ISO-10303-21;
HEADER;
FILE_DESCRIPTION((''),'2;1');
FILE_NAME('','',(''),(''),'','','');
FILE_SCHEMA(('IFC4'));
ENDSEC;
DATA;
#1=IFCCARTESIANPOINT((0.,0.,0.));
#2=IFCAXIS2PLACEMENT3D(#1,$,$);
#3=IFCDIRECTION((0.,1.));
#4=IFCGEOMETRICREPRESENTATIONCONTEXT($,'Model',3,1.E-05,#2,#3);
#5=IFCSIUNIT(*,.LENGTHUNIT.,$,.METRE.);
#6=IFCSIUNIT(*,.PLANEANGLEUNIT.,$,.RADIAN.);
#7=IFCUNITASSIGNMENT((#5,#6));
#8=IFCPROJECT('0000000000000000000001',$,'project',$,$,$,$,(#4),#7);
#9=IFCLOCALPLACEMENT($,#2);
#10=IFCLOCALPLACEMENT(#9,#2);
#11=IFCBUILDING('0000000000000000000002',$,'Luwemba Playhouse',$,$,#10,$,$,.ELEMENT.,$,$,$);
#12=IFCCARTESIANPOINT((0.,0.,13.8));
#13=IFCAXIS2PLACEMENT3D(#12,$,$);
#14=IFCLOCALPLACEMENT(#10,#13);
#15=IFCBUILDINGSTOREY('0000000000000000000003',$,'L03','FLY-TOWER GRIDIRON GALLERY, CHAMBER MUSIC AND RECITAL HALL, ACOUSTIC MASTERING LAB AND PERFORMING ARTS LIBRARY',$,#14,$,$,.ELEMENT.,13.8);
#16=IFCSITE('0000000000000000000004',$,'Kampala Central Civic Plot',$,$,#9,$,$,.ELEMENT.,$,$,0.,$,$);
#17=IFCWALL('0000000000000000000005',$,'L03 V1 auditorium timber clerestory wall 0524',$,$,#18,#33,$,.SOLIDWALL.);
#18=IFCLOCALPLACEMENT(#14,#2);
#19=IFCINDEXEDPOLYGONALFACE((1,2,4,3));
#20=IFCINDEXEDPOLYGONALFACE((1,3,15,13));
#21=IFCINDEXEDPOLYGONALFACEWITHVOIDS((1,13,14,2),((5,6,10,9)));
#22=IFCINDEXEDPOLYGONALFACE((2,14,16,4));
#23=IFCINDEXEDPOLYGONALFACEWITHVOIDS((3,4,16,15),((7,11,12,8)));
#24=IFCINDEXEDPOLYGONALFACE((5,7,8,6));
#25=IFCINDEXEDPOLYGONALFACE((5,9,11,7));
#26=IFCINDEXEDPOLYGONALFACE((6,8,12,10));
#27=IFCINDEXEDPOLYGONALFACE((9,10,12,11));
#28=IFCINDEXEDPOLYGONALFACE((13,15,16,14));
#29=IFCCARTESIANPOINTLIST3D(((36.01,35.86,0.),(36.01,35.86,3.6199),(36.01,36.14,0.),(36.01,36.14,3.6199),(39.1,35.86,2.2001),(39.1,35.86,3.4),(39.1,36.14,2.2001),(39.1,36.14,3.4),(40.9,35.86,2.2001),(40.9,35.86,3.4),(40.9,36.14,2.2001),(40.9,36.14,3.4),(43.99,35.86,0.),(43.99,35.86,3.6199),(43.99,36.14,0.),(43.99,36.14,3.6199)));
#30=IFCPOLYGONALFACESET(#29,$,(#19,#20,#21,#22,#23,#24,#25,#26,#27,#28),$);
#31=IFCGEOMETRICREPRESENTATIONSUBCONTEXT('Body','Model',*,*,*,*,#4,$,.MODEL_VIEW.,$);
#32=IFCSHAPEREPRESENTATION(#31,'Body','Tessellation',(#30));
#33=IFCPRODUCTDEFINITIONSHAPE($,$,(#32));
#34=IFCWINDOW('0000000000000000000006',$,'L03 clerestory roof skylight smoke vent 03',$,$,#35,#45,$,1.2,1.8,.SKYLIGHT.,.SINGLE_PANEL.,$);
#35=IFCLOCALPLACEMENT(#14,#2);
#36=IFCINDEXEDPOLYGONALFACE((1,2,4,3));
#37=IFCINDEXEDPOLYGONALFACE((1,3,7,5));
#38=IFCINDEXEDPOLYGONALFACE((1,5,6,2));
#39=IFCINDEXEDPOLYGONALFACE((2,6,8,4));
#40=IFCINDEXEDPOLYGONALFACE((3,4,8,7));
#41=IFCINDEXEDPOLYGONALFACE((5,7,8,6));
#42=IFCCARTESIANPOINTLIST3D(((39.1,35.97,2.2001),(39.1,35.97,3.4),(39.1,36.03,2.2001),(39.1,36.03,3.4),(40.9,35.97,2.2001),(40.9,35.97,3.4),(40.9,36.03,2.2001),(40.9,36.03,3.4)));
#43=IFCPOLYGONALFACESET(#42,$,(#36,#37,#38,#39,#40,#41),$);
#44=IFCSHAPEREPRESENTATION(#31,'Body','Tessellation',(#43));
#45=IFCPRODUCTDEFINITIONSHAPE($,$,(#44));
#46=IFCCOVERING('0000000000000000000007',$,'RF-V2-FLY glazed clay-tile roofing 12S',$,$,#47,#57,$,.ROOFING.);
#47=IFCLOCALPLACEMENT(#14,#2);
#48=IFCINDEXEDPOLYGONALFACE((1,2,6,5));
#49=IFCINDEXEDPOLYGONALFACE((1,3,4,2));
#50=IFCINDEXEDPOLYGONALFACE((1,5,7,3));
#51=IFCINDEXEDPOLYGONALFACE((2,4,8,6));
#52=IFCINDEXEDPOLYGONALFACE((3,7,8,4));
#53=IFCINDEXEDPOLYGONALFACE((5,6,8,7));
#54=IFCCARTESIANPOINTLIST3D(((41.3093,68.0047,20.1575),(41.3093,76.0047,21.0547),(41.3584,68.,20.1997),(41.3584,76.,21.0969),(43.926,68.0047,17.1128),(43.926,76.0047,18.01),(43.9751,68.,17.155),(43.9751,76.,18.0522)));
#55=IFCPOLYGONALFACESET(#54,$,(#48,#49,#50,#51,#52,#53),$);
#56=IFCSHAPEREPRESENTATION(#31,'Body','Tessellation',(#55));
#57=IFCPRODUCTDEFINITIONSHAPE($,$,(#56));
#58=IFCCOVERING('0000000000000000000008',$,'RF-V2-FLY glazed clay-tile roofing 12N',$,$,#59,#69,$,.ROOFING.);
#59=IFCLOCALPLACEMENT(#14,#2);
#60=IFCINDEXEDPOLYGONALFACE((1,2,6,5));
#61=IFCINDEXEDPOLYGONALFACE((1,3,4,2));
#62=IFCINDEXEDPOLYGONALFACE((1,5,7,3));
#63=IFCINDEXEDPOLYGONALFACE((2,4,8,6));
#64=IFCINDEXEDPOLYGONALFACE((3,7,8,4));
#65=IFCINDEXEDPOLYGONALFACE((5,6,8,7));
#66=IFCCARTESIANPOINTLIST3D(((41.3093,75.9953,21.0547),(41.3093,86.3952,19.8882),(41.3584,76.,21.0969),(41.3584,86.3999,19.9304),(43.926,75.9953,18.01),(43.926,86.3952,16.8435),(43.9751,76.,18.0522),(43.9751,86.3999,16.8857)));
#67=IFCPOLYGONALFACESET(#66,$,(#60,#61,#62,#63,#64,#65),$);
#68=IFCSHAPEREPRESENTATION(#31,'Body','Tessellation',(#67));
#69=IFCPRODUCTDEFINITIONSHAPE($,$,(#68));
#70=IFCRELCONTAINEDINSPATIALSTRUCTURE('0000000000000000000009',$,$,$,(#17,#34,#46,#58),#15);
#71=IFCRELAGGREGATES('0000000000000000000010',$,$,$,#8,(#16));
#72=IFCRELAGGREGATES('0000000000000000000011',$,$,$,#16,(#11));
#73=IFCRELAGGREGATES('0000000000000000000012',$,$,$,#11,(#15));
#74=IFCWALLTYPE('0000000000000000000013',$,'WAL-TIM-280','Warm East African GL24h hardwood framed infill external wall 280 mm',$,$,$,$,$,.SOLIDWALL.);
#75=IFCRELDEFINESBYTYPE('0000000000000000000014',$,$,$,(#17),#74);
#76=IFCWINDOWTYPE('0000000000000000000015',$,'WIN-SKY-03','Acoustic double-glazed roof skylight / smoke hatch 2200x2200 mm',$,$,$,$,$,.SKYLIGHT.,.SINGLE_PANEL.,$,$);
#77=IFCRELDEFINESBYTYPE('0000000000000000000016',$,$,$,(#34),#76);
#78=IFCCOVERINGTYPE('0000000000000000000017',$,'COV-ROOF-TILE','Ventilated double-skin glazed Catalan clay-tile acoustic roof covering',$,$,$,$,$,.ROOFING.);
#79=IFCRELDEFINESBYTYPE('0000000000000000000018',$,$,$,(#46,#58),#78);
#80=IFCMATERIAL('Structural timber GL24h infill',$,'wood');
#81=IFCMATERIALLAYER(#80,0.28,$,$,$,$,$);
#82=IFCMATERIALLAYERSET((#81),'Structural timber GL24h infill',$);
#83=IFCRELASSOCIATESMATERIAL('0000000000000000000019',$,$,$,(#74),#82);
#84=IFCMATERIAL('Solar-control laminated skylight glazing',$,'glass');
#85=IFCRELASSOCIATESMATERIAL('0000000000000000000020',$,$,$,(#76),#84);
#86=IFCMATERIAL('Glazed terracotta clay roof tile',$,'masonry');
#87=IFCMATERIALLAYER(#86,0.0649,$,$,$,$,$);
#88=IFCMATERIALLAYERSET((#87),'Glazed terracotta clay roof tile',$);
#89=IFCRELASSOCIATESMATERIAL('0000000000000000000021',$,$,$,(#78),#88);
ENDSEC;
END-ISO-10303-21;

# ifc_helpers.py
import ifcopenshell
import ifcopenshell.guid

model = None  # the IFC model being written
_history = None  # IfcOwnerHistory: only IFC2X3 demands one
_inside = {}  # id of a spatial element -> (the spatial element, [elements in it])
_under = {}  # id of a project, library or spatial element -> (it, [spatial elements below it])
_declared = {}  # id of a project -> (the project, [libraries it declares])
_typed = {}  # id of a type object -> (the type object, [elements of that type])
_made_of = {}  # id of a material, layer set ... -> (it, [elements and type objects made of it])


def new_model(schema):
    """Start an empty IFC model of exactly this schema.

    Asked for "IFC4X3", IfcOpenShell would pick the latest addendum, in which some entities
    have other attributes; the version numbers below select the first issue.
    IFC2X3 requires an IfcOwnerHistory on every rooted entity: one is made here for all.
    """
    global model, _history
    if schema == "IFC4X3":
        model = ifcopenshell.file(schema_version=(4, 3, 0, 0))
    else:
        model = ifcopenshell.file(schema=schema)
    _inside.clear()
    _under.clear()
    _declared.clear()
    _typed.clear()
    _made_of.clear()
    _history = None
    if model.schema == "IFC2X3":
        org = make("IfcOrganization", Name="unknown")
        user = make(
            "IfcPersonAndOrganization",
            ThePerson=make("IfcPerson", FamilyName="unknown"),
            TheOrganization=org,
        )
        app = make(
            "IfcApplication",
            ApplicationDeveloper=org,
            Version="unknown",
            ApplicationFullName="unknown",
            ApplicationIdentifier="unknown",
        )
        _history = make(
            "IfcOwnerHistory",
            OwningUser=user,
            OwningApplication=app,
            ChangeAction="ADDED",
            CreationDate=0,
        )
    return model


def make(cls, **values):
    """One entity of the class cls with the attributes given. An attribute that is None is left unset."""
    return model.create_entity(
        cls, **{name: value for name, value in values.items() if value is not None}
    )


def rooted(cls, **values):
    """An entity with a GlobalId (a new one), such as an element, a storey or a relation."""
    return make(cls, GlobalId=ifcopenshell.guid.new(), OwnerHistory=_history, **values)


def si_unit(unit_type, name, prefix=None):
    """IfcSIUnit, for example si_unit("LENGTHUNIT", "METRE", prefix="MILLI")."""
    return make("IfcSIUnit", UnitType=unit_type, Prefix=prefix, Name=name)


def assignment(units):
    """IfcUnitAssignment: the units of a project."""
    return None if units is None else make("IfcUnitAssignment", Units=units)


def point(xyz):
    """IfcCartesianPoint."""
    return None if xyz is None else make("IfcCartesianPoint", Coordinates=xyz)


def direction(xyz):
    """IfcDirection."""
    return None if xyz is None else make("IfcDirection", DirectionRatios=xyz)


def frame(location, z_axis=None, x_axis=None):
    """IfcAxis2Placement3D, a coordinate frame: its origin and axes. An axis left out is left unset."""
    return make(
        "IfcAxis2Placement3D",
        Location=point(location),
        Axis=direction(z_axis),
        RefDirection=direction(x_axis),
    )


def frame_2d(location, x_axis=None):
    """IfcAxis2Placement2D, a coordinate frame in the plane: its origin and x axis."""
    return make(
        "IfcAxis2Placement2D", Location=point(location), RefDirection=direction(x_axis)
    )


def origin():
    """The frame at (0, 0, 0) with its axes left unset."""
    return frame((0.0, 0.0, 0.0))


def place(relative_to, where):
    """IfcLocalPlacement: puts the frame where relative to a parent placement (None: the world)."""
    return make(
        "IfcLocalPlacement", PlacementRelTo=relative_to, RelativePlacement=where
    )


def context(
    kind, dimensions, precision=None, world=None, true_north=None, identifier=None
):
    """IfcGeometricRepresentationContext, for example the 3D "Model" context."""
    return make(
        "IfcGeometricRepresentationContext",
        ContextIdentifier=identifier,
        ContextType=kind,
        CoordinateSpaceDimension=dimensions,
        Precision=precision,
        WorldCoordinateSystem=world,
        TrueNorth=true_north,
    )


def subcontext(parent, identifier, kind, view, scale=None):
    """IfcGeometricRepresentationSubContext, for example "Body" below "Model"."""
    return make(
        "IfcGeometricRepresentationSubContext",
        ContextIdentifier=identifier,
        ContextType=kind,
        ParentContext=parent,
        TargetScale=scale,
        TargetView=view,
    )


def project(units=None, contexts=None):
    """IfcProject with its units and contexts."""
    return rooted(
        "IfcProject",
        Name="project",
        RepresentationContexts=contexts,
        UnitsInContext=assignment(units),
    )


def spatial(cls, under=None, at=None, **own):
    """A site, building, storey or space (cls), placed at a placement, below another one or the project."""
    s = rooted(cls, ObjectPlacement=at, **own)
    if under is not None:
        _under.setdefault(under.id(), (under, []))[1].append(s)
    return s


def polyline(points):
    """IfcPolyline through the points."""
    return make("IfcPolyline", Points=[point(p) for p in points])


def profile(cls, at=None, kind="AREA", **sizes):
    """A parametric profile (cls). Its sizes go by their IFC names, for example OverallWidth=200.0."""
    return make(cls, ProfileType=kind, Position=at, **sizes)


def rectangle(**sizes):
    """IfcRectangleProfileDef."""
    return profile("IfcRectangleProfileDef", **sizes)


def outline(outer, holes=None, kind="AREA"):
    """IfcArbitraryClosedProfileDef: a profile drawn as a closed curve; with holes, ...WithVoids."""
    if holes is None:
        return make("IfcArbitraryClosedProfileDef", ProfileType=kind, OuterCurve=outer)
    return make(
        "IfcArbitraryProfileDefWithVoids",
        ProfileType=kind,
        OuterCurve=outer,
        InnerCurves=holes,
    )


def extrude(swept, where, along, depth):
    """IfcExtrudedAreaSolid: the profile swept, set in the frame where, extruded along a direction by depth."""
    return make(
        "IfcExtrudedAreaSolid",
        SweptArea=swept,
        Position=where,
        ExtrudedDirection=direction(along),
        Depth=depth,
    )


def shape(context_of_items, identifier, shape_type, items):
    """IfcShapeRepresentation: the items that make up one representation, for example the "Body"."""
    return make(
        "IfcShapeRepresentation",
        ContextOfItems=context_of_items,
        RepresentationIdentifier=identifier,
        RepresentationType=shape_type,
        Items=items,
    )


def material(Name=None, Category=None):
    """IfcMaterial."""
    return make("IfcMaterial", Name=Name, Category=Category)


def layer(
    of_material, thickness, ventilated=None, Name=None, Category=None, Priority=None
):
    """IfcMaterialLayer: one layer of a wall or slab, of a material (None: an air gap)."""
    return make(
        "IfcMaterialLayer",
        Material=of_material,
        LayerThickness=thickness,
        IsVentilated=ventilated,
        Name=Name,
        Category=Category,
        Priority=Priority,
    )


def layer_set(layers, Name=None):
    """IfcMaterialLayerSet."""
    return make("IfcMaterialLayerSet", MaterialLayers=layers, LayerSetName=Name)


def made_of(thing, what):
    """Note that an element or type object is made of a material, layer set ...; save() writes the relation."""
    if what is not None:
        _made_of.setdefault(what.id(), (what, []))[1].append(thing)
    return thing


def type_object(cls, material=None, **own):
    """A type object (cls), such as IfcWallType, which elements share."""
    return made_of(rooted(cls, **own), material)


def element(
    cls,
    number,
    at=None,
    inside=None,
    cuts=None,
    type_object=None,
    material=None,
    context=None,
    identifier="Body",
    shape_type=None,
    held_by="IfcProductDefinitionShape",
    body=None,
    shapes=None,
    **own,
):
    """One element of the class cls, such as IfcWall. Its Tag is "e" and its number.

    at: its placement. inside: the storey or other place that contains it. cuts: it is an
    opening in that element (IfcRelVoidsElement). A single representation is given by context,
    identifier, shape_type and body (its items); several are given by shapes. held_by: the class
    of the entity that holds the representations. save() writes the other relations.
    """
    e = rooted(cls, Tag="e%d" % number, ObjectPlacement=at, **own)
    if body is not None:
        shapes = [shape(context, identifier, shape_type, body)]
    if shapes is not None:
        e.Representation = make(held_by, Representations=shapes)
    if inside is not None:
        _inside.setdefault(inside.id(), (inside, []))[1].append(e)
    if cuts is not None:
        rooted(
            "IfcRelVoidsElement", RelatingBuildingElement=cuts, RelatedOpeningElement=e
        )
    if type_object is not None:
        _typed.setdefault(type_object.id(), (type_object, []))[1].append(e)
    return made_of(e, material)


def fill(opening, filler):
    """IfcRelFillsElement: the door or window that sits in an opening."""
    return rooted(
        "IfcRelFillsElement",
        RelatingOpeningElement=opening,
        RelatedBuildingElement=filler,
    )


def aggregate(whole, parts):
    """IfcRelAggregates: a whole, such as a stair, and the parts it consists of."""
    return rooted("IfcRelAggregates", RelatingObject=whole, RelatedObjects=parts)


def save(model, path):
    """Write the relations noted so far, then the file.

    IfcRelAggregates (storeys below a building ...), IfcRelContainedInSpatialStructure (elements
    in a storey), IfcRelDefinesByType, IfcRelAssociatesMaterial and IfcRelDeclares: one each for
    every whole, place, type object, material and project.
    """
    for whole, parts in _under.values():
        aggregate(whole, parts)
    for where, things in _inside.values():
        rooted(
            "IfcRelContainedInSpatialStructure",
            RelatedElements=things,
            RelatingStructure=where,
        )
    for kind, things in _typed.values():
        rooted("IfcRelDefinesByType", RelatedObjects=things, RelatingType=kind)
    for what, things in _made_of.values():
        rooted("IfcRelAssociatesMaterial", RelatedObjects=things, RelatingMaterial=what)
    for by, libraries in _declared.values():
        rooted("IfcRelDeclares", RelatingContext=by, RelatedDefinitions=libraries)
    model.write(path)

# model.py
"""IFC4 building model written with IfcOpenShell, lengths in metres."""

from ifc_helpers import new_model, si_unit, direction, frame, frame_2d, origin, place, context, subcontext, project, spatial, polyline, rectangle, outline, extrude, material, layer, layer_set, type_object, element, fill, save


model = new_model("IFC4")

# Units and contexts
model_context = context("Model", 3, precision=1e-05, world=origin(), true_north=direction((0.0, 1.0)))
body_context = subcontext(model_context, "Body", "Model", "MODEL_VIEW")
ifc_project = project(units=[si_unit("LENGTHUNIT", "METRE"), si_unit("PLANEANGLEUNIT", "RADIAN")], contexts=[model_context])

# Site, building, storey
site_placement = place(None, origin())
site = spatial("IfcSite", under=ifc_project, at=site_placement, Name="Kampala Central Civic Plot", CompositionType="ELEMENT", RefElevation=0.0)
building_placement = place(site_placement, origin())
building = spatial("IfcBuilding", under=site, at=building_placement, Name="Luwemba Playhouse", CompositionType="ELEMENT")
storey_placement = place(building_placement, frame((0.0, 0.0, 13.8)))
storey = spatial("IfcBuildingStorey", under=building, at=storey_placement, Name="L03", Description="FLY-TOWER GRIDIRON GALLERY, CHAMBER MUSIC AND RECITAL HALL, ACOUSTIC MASTERING LAB AND PERFORMING ARTS LIBRARY", CompositionType="ELEMENT", Elevation=13.8)

# Wall, opening, window
ifc_material_1 = material(Name="Structural timber GL24h infill", Category="wood")
ifc_layer_1 = layer(ifc_material_1, 0.28)
ifc_layer_set_1 = layer_set([ifc_layer_1], Name="Structural timber GL24h infill")
wall_type_1 = type_object("IfcWallType", Name="WAL-TIM-280", Description="Warm East African GL24h hardwood framed infill external wall 280 mm", PredefinedType="SOLIDWALL", material=ifc_layer_set_1)
wall_1_placement = place(storey_placement, frame((43.99, 36.0, 0.0), z_axis=(0.0, 0.0, 1.0), x_axis=(-1.0, 0.0, 0.0)))
wall_1 = element("IfcWall", 1, at=wall_1_placement, inside=storey, type_object=wall_type_1, Name="L03 V1 auditorium timber clerestory wall 0524", PredefinedType="SOLIDWALL", context=body_context, shape_type="SweptSolid", body=[
    extrude(rectangle(XDim=7.98, YDim=0.28, at=frame_2d((3.99, 0.0))), origin(), (0.0, 0.0, 1.0), 3.6199),
])
opening_1_placement = place(wall_1_placement, frame((3.0901, 0.0, 2.2)))
opening_1 = element("IfcOpeningElement", 2, at=opening_1_placement, cuts=wall_1, PredefinedType="OPENING", context=body_context, shape_type="SweptSolid", body=[
    extrude(rectangle(XDim=1.8, YDim=1.2, at=frame_2d((0.8999, 0.6001))), frame((0.0, 0.1499, 0.0), z_axis=(0.0, -1.0, 0.0), x_axis=(1.0, 0.0, 0.0)), (0.0, 0.0, 1.0), 0.3),
])
ifc_material_2 = material(Name="Solar-control laminated skylight glazing", Category="glass")
window_type_1 = type_object("IfcWindowType", Name="WIN-SKY-03", Description="Acoustic double-glazed roof skylight / smoke hatch 2200x2200 mm", PartitioningType="SINGLE_PANEL", PredefinedType="SKYLIGHT", material=ifc_material_2)
window_1_placement = place(opening_1_placement, origin())
window_1 = element("IfcWindow", 3, at=window_1_placement, inside=storey, type_object=window_type_1, Name="L03 clerestory roof skylight smoke vent 03", OverallHeight=1.2, OverallWidth=1.8, PartitioningType="SINGLE_PANEL", PredefinedType="SKYLIGHT", context=body_context, shape_type="SweptSolid", body=[
    extrude(rectangle(XDim=1.8, YDim=1.2, at=frame_2d((0.8999, 0.6001))), frame((0.0, 0.03, 0.0), z_axis=(0.0, -1.0, 0.0), x_axis=(1.0, 0.0, 0.0)), (0.0, 0.0, 1.0), 0.0601),
])
fill(opening_1, window_1)

# Coverings
ifc_material_3 = material(Name="Glazed terracotta clay roof tile", Category="masonry")
ifc_layer_2 = layer(ifc_material_3, 0.0649)
ifc_layer_set_2 = layer_set([ifc_layer_2], Name="Glazed terracotta clay roof tile")
covering_type = type_object("IfcCoveringType", Name="COV-ROOF-TILE", Description="Ventilated double-skin glazed Catalan clay-tile acoustic roof covering", PredefinedType="ROOFING", material=ifc_layer_set_2)
covering_1_placement = place(storey_placement, frame((41.3584, 68.0, 20.1997), z_axis=(0.756379, -0.072905, 0.650058), x_axis=(0.651792, 0.0, -0.758397)))
element("IfcCovering", 4, at=covering_1_placement, inside=storey, type_object=covering_type, Name="RF-V2-FLY glazed clay-tile roofing 12S", PredefinedType="ROOFING", context=body_context, shape_type="SweptSolid", body=[
    extrude(outline(polyline([(0.0, 0.0), (4.0146, 0.0), (3.3342, 8.0213), (-0.6804, 8.0213), (0.0, 0.0)])), origin(), (0.0, 0.0, -1.0), 0.0649),
])
covering_2_placement = place(storey_placement, frame((41.3584, 76.0, 21.0969), z_axis=(0.756379, 0.072914, 0.650058), x_axis=(0.651792, 0.0, -0.758397)))
element("IfcCovering", 5, at=covering_2_placement, inside=storey, type_object=covering_type, Name="RF-V2-FLY glazed clay-tile roofing 12N", PredefinedType="ROOFING", context=body_context, shape_type="SweptSolid", body=[
    extrude(outline(polyline([(0.0, 0.0), (4.0146, 0.0), (4.8993, 10.4277), (0.8847, 10.4277), (0.0, 0.0)])), origin(), (0.0, 0.0, -1.0), 0.0649),
])

save(model, "model.ifc")
